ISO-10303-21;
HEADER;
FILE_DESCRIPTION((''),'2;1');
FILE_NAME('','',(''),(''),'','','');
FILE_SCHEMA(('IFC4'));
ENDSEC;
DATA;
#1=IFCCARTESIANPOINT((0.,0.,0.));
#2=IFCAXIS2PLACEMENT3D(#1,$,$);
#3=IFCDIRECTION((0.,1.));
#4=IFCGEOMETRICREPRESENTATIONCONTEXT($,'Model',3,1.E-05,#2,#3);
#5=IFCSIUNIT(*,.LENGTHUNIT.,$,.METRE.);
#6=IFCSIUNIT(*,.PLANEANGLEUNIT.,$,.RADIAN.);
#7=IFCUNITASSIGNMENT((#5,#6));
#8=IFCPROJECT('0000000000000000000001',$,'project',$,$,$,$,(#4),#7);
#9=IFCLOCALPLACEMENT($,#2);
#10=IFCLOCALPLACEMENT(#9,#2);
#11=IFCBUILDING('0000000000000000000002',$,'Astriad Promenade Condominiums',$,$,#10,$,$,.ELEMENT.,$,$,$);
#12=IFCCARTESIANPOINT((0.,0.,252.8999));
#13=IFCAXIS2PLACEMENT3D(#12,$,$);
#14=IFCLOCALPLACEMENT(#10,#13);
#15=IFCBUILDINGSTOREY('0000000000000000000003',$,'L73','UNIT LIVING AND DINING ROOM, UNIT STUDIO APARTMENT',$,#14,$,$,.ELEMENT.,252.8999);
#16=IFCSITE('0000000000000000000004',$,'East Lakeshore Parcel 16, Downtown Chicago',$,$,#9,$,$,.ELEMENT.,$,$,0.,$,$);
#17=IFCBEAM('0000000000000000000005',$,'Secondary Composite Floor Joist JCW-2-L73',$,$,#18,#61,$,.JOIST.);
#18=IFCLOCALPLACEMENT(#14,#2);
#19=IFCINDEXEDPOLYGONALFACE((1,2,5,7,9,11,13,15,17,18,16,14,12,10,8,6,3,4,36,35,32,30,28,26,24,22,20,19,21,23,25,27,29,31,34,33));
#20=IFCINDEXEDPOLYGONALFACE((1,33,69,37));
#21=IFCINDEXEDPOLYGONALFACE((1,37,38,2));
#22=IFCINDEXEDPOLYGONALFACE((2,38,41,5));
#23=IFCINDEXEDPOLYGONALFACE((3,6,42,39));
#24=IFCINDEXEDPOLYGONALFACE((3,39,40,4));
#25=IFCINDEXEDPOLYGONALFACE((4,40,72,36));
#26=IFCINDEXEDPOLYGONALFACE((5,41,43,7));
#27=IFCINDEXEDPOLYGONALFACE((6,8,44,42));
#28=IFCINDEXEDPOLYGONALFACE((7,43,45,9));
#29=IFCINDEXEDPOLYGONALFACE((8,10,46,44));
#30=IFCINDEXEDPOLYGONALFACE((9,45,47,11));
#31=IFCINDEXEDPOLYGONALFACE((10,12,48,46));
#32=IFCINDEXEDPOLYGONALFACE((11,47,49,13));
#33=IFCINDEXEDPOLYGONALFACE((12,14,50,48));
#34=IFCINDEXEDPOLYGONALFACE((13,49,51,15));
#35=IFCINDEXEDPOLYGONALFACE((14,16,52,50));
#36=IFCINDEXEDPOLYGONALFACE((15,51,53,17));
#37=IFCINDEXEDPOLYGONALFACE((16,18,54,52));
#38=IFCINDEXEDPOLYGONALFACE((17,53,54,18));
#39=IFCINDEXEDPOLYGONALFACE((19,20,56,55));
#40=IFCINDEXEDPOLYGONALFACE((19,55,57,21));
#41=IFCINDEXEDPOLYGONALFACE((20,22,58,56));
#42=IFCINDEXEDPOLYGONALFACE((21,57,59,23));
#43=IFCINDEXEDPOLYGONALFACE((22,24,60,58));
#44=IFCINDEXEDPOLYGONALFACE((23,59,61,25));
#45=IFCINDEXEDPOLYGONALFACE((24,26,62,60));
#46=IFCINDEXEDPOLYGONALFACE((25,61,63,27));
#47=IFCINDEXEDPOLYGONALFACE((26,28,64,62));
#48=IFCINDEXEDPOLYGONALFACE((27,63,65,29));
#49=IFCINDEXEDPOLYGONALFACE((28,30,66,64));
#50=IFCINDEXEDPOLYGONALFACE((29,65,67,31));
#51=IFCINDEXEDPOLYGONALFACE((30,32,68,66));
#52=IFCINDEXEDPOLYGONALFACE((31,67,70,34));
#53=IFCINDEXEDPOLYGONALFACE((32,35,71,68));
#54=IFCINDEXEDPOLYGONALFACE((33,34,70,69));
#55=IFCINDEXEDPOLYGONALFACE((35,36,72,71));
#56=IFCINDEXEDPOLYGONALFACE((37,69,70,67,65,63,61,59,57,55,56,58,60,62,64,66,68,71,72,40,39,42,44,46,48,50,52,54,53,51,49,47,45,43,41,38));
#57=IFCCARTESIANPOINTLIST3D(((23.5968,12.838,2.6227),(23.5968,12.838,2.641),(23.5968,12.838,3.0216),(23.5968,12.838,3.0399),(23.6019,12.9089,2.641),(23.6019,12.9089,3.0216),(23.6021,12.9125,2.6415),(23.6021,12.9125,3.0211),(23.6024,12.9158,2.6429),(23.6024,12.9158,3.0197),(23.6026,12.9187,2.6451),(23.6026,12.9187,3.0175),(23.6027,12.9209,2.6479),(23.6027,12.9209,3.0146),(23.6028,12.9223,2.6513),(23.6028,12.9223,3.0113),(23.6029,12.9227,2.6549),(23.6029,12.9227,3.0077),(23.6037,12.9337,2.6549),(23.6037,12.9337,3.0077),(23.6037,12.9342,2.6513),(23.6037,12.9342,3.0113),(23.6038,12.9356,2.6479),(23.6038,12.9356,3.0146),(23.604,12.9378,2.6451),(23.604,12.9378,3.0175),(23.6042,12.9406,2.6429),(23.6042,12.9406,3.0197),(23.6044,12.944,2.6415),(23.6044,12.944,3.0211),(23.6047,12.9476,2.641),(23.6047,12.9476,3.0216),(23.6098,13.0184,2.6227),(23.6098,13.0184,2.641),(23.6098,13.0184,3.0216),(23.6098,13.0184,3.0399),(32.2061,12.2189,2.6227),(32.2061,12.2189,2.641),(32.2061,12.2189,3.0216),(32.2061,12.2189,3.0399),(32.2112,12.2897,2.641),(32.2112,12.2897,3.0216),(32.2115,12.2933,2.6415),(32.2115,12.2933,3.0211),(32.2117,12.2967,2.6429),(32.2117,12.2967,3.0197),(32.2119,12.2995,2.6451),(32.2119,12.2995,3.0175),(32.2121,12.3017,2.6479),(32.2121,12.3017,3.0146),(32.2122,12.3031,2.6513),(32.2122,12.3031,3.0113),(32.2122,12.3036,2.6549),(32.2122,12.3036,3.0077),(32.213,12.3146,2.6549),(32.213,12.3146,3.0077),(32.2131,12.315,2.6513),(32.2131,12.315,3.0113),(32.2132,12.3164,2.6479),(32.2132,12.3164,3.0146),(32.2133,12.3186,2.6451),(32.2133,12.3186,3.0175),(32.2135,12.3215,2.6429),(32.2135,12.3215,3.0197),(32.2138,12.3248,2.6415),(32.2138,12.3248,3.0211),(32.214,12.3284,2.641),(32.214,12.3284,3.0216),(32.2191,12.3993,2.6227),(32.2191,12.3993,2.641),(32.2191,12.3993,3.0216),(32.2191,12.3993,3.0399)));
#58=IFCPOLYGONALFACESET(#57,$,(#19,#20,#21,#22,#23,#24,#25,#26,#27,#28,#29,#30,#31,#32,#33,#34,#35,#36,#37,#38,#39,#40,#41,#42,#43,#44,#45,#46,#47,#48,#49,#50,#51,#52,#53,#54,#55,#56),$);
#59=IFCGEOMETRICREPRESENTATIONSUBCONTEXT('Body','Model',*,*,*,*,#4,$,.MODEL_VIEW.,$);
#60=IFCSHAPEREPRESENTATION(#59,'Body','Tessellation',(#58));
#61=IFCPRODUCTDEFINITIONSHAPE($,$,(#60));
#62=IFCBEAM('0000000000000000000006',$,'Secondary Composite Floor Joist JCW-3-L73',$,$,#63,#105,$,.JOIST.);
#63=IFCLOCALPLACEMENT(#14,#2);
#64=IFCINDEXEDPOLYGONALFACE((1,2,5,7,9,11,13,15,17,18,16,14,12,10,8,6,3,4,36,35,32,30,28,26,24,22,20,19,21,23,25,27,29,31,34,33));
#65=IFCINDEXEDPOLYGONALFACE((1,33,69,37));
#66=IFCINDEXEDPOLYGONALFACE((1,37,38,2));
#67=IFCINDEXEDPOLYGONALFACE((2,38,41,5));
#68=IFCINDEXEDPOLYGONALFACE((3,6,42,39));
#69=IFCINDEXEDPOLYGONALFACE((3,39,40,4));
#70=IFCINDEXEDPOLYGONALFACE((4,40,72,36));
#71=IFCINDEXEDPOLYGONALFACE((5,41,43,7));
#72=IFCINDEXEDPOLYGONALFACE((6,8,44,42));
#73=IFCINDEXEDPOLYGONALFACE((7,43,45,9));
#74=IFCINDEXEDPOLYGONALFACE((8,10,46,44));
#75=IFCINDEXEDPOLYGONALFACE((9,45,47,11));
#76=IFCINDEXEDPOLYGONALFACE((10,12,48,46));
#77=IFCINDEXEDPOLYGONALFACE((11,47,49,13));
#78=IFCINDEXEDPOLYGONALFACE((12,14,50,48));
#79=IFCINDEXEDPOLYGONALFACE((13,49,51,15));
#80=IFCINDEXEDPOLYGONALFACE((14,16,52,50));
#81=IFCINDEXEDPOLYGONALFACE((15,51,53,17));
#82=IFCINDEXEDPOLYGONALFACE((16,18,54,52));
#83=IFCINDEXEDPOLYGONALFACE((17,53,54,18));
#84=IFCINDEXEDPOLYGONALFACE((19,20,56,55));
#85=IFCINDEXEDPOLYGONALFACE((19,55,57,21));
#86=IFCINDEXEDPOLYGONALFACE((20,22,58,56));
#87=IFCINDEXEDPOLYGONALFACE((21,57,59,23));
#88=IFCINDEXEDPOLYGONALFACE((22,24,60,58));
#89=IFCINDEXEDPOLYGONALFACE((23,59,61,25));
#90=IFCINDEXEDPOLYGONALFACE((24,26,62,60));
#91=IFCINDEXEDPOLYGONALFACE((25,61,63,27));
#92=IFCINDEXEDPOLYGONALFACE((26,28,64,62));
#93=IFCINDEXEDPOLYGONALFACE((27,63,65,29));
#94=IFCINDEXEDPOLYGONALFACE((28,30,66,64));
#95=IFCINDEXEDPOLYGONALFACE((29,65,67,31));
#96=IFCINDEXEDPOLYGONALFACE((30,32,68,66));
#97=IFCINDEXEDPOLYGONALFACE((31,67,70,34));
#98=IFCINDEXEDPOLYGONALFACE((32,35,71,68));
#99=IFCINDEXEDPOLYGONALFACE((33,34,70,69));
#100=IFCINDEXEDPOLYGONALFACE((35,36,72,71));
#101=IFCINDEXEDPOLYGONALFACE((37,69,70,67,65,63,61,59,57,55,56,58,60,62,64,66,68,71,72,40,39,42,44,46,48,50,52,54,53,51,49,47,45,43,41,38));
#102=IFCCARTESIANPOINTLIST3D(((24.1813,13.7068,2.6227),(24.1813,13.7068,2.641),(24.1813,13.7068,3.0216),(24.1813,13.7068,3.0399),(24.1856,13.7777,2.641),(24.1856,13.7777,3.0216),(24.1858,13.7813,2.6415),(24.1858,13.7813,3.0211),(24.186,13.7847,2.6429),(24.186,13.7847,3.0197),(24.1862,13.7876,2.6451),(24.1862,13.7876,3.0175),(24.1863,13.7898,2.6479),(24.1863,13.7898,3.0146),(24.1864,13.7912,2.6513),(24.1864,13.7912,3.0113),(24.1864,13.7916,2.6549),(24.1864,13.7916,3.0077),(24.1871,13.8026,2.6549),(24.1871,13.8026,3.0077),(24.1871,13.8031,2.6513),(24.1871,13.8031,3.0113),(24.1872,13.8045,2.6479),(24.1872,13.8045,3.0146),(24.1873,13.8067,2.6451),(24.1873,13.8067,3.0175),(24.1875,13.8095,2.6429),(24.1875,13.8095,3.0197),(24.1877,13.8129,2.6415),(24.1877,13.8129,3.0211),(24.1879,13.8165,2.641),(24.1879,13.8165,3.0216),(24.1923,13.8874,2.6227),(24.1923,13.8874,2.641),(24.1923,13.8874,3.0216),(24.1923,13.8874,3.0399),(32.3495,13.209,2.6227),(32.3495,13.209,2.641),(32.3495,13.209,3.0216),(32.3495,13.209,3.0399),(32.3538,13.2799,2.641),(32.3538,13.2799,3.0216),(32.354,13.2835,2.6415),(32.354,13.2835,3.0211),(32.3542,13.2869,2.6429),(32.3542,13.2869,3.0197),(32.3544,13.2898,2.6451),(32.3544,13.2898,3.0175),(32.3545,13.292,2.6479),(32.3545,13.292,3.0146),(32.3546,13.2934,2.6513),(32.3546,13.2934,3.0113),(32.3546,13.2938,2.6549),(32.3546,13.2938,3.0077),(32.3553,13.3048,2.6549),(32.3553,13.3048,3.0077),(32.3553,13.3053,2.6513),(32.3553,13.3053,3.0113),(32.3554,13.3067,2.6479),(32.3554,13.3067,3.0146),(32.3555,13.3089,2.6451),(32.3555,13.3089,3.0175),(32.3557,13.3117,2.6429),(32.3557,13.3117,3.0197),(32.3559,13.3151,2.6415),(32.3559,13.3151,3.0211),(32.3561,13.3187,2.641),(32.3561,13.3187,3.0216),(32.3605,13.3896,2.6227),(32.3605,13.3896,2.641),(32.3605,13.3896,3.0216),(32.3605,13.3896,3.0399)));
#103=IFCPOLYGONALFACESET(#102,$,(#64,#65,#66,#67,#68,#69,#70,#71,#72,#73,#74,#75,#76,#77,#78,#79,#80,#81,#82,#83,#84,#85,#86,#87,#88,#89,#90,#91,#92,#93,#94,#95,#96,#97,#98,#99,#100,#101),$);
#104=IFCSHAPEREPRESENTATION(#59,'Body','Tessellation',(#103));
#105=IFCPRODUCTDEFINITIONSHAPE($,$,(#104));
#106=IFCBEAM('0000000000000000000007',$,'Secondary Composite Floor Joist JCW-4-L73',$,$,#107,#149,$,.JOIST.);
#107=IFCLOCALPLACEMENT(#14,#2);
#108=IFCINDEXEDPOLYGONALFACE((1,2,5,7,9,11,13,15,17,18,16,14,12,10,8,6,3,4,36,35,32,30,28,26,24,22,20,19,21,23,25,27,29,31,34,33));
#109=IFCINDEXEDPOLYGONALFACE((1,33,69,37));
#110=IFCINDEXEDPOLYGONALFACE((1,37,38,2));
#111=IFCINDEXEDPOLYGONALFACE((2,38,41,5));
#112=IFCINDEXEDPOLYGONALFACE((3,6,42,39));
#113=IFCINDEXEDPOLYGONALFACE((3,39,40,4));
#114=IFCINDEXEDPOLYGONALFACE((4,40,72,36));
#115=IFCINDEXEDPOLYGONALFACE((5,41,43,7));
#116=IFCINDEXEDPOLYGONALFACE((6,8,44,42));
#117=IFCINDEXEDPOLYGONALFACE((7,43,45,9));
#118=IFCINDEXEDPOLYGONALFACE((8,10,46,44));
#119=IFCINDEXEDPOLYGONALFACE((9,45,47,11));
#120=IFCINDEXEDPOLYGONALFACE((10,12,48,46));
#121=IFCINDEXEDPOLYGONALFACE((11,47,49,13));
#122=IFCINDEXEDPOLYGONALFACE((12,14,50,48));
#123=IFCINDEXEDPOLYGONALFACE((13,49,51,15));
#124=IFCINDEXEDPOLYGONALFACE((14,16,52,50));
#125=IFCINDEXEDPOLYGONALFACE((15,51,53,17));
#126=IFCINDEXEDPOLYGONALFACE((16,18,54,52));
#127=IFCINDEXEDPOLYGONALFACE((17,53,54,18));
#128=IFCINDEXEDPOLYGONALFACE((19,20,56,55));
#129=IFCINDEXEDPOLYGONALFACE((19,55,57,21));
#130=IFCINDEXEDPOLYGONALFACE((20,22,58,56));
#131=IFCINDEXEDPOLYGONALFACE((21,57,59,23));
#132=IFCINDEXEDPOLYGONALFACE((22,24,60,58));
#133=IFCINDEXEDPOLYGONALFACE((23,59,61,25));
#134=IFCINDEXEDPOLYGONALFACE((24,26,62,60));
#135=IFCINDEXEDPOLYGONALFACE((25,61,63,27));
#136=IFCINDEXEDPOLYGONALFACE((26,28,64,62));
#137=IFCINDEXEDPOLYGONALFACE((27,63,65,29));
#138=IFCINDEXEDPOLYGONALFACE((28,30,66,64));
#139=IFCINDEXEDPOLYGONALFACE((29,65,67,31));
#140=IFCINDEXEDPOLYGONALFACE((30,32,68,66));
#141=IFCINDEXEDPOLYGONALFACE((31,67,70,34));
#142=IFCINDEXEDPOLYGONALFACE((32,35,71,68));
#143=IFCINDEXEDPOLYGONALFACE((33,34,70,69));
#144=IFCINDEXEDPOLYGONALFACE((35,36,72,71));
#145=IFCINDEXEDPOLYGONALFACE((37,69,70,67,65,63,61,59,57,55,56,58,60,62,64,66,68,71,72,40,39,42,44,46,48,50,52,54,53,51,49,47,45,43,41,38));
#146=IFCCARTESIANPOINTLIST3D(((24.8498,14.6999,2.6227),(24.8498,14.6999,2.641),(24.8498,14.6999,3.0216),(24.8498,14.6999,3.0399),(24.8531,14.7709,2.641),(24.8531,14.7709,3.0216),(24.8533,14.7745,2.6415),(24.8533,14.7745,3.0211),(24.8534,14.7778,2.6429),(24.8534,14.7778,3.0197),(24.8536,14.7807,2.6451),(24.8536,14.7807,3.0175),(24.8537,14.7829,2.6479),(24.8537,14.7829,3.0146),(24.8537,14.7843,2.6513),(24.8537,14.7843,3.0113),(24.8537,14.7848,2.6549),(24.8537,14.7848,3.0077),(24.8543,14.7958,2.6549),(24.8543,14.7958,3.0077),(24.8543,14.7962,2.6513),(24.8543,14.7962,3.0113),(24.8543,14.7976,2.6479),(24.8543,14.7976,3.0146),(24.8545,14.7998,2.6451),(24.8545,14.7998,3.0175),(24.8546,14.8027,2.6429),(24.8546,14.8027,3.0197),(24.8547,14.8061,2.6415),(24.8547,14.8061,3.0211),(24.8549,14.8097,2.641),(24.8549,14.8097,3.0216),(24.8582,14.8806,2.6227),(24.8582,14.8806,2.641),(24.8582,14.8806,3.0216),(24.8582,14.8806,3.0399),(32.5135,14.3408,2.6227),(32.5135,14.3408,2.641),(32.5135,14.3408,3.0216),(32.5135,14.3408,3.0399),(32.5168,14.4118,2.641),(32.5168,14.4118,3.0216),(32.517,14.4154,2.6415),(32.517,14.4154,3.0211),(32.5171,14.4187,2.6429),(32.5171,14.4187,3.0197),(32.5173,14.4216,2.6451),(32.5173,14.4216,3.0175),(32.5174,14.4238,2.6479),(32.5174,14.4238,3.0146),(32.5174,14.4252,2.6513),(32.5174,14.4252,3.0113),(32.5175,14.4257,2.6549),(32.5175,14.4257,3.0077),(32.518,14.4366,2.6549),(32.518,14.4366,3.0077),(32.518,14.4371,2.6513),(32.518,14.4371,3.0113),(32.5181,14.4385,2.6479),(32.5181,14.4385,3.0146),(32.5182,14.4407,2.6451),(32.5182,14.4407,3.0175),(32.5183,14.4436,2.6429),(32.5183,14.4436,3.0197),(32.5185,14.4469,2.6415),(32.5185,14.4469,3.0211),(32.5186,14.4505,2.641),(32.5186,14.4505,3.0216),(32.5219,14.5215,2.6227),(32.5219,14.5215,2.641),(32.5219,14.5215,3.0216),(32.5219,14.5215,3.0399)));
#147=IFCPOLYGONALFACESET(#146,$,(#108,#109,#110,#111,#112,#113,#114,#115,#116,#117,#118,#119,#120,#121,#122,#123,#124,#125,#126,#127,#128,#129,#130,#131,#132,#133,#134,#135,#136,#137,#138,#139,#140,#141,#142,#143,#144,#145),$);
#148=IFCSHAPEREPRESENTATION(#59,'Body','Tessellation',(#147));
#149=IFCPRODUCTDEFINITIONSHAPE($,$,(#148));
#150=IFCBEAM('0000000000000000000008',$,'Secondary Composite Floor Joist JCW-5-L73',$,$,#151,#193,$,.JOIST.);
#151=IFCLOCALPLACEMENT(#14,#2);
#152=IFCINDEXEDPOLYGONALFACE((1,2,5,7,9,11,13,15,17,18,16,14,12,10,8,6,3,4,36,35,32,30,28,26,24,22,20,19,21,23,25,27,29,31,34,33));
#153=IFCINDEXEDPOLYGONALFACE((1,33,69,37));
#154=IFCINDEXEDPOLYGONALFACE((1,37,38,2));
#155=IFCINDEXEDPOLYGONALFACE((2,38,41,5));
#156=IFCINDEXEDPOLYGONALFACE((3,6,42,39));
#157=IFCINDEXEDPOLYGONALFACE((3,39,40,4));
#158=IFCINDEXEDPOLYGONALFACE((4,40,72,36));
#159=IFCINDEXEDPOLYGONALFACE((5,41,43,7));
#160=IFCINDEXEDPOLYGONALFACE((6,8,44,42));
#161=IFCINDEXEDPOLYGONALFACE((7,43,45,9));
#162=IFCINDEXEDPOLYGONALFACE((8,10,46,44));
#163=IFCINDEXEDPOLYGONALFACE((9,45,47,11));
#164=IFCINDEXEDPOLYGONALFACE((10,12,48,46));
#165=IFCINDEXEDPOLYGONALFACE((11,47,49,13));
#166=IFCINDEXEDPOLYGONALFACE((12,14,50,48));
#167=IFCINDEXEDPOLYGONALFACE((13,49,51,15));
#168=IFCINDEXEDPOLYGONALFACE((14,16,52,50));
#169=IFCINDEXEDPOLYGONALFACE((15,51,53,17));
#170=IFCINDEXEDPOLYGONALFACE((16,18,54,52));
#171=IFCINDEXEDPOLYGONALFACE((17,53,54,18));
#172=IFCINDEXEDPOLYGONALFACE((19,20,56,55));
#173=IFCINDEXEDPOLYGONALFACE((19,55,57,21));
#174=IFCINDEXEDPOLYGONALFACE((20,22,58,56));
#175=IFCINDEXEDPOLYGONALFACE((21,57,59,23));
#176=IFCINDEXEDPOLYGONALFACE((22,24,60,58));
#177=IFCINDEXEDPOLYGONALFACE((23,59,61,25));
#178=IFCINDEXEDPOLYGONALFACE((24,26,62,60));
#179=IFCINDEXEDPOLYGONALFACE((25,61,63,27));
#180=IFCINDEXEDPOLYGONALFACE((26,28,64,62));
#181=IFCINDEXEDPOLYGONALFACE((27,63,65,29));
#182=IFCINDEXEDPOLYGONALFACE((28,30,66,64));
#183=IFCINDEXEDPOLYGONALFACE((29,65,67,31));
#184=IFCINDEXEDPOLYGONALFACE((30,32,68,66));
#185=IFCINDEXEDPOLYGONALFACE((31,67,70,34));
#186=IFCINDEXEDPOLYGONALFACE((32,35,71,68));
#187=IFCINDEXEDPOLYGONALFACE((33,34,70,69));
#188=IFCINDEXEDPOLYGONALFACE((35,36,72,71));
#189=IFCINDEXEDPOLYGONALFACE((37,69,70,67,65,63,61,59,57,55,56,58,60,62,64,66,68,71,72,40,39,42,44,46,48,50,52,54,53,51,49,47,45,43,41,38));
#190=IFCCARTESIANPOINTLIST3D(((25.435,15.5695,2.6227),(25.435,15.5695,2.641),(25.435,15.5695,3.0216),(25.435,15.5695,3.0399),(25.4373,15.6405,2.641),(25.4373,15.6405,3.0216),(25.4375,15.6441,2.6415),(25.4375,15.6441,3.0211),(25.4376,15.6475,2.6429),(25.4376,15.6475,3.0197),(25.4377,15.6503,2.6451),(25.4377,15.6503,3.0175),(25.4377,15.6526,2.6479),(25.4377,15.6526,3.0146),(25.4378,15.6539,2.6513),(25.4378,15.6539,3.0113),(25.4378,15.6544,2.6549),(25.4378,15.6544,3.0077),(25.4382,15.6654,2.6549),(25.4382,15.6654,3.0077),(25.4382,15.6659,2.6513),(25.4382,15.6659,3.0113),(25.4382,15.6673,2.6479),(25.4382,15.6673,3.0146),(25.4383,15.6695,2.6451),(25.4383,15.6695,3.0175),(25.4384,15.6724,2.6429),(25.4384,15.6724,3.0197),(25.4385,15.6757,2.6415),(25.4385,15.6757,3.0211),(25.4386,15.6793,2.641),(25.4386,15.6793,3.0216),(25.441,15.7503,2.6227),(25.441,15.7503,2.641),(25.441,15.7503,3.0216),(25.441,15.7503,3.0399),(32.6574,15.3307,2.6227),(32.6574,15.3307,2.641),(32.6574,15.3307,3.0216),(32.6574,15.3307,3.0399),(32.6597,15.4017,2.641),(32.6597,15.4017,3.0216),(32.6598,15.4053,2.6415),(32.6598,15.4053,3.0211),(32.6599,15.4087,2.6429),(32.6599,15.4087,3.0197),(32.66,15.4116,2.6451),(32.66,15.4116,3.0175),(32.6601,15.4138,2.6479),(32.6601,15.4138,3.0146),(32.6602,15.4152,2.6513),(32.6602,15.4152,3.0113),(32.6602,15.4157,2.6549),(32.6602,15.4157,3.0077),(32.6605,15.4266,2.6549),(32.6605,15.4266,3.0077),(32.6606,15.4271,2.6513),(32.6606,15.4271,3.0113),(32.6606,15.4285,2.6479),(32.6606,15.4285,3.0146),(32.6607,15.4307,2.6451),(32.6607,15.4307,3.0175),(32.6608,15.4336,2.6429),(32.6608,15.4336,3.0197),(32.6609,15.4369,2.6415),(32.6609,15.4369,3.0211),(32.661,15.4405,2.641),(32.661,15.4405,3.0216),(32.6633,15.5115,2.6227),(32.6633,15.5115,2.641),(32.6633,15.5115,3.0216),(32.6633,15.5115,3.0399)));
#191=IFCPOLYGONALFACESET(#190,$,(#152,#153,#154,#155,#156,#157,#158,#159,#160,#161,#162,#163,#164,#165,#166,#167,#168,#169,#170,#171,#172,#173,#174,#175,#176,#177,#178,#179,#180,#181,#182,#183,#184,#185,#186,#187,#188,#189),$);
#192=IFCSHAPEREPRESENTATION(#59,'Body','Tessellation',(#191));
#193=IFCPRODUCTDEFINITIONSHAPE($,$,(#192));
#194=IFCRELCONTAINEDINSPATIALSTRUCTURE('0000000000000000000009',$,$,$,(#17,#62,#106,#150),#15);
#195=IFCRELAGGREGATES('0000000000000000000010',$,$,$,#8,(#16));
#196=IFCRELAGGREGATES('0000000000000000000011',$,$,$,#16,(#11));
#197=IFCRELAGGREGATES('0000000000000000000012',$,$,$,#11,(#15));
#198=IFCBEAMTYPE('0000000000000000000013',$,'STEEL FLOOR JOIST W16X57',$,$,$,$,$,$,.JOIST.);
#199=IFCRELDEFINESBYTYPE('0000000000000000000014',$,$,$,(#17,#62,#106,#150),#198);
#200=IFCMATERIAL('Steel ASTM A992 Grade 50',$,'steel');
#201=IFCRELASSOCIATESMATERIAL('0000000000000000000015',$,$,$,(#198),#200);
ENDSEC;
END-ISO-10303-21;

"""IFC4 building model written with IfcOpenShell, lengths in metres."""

from ifc_helpers import new_model, si_unit, direction, frame, origin, origin_2d, place, context, subcontext, project, spatial, i_section, extrude, source, transform, mapped, material, material_profile, profile_set, type_object, element, save


model = new_model("IFC4")

# Units and contexts
model_context = context("Model", 3, precision=1e-05, world=origin(), true_north=direction((0.0, 1.0)))
body_context = subcontext(model_context, "Body", "Model", "MODEL_VIEW")
ifc_project = project(units=[si_unit("LENGTHUNIT", "METRE"), si_unit("PLANEANGLEUNIT", "RADIAN")], contexts=[model_context])

# Site, building, storey
site_placement = place(None, origin())
site = spatial("IfcSite", under=ifc_project, at=site_placement, Name="East Lakeshore Parcel 16, Downtown Chicago", CompositionType="ELEMENT", RefElevation=0.0)
building_placement = place(site_placement, origin())
building = spatial("IfcBuilding", under=site, at=building_placement, Name="Astriad Promenade Condominiums", CompositionType="ELEMENT")
storey_placement = place(building_placement, frame((0.0, 0.0, 252.8999)))
storey = spatial("IfcBuildingStorey", under=building, at=storey_placement, Name="L73", Description="UNIT LIVING AND DINING ROOM, UNIT STUDIO APARTMENT", CompositionType="ELEMENT", Elevation=252.8999)

# Beams
ifc_material_1 = material(Name="Steel ASTM A992 Grade 50", Category="steel")
ifc_material_profile_1 = material_profile(ifc_material_1, i_section(OverallWidth=0.1809, OverallDepth=0.4172, WebThickness=0.011, FlangeThickness=0.0183, FilletRadius=0.0139, at=origin_2d()), Name="W16X57")
ifc_profile_set_1 = profile_set([ifc_material_profile_1], Name="Steel ASTM A992 Grade 50")
beam_type_1 = type_object("IfcBeamType", Name="STEEL FLOOR JOIST W16X57", PredefinedType="JOIST", material=ifc_profile_set_1)
shared_shape_1 = source(origin(), body_context, "Body", "SweptSolid", [
    extrude(i_section(OverallWidth=0.1809, OverallDepth=0.4172, WebThickness=0.011, FlangeThickness=0.0183, FilletRadius=0.0139, at=origin_2d()), origin(), (0.0, 0.0, 1.0), 8.6316),
])
beam_1_placement = place(storey_placement, frame((23.6033, 12.9282, 2.8313), z_axis=(0.997424, -0.071729, 0.0), x_axis=(0.071729, 0.997424, 0.0)))
element("IfcBeam", 1, at=beam_1_placement, inside=storey, type_object=beam_type_1, Name="Secondary Composite Floor Joist JCW-2-L73", PredefinedType="JOIST", context=body_context, shape_type="MappedRepresentation", body=[
    mapped(shared_shape_1, transform((0.0, 0.0, 0.0), scale=1.0)),
])
shared_shape_2 = source(origin(), body_context, "Body", "SweptSolid", [
    extrude(i_section(OverallWidth=0.1809, OverallDepth=0.4172, WebThickness=0.011, FlangeThickness=0.0183, FilletRadius=0.0139, at=origin_2d()), origin(), (0.0, 0.0, 1.0), 8.1833),
])
beam_2_placement = place(storey_placement, frame((24.1868, 13.7971, 2.8313), z_axis=(0.998148, -0.060831, 0.0), x_axis=(0.060831, 0.998148, 0.0)))
element("IfcBeam", 2, at=beam_2_placement, inside=storey, type_object=beam_type_1, Name="Secondary Composite Floor Joist JCW-3-L73", PredefinedType="JOIST", context=body_context, shape_type="MappedRepresentation", body=[
    mapped(shared_shape_2, transform((0.0, 0.0, 0.0), scale=1.0)),
])
shared_shape_3 = source(origin(), body_context, "Body", "SweptSolid", [
    extrude(i_section(OverallWidth=0.1809, OverallDepth=0.4172, WebThickness=0.011, FlangeThickness=0.0183, FilletRadius=0.0139, at=origin_2d()), origin(), (0.0, 0.0, 1.0), 7.6721),
])
beam_3_placement = place(storey_placement, frame((24.854, 14.7903, 2.8313), z_axis=(0.998904, -0.046809, 0.0), x_axis=(0.046809, 0.998904, 0.0)))
element("IfcBeam", 3, at=beam_3_placement, inside=storey, type_object=beam_type_1, Name="Secondary Composite Floor Joist JCW-4-L73", PredefinedType="JOIST", context=body_context, shape_type="MappedRepresentation", body=[
    mapped(shared_shape_3, transform((0.0, 0.0, 0.0), scale=1.0)),
])
shared_shape_4 = source(origin(), body_context, "Body", "SweptSolid", [
    extrude(i_section(OverallWidth=0.1809, OverallDepth=0.4172, WebThickness=0.011, FlangeThickness=0.0183, FilletRadius=0.0139, at=origin_2d()), origin(), (0.0, 0.0, 1.0), 7.2263),
])
beam_4_placement = place(storey_placement, frame((25.438, 15.6599, 2.8313), z_axis=(0.999454, -0.033041, 0.0), x_axis=(0.033041, 0.999454, 0.0)))
element("IfcBeam", 4, at=beam_4_placement, inside=storey, type_object=beam_type_1, Name="Secondary Composite Floor Joist JCW-5-L73", PredefinedType="JOIST", context=body_context, shape_type="MappedRepresentation", body=[
    mapped(shared_shape_4, transform((0.0, 0.0, 0.0), scale=1.0)),
])

save(model, "model.ifc")
